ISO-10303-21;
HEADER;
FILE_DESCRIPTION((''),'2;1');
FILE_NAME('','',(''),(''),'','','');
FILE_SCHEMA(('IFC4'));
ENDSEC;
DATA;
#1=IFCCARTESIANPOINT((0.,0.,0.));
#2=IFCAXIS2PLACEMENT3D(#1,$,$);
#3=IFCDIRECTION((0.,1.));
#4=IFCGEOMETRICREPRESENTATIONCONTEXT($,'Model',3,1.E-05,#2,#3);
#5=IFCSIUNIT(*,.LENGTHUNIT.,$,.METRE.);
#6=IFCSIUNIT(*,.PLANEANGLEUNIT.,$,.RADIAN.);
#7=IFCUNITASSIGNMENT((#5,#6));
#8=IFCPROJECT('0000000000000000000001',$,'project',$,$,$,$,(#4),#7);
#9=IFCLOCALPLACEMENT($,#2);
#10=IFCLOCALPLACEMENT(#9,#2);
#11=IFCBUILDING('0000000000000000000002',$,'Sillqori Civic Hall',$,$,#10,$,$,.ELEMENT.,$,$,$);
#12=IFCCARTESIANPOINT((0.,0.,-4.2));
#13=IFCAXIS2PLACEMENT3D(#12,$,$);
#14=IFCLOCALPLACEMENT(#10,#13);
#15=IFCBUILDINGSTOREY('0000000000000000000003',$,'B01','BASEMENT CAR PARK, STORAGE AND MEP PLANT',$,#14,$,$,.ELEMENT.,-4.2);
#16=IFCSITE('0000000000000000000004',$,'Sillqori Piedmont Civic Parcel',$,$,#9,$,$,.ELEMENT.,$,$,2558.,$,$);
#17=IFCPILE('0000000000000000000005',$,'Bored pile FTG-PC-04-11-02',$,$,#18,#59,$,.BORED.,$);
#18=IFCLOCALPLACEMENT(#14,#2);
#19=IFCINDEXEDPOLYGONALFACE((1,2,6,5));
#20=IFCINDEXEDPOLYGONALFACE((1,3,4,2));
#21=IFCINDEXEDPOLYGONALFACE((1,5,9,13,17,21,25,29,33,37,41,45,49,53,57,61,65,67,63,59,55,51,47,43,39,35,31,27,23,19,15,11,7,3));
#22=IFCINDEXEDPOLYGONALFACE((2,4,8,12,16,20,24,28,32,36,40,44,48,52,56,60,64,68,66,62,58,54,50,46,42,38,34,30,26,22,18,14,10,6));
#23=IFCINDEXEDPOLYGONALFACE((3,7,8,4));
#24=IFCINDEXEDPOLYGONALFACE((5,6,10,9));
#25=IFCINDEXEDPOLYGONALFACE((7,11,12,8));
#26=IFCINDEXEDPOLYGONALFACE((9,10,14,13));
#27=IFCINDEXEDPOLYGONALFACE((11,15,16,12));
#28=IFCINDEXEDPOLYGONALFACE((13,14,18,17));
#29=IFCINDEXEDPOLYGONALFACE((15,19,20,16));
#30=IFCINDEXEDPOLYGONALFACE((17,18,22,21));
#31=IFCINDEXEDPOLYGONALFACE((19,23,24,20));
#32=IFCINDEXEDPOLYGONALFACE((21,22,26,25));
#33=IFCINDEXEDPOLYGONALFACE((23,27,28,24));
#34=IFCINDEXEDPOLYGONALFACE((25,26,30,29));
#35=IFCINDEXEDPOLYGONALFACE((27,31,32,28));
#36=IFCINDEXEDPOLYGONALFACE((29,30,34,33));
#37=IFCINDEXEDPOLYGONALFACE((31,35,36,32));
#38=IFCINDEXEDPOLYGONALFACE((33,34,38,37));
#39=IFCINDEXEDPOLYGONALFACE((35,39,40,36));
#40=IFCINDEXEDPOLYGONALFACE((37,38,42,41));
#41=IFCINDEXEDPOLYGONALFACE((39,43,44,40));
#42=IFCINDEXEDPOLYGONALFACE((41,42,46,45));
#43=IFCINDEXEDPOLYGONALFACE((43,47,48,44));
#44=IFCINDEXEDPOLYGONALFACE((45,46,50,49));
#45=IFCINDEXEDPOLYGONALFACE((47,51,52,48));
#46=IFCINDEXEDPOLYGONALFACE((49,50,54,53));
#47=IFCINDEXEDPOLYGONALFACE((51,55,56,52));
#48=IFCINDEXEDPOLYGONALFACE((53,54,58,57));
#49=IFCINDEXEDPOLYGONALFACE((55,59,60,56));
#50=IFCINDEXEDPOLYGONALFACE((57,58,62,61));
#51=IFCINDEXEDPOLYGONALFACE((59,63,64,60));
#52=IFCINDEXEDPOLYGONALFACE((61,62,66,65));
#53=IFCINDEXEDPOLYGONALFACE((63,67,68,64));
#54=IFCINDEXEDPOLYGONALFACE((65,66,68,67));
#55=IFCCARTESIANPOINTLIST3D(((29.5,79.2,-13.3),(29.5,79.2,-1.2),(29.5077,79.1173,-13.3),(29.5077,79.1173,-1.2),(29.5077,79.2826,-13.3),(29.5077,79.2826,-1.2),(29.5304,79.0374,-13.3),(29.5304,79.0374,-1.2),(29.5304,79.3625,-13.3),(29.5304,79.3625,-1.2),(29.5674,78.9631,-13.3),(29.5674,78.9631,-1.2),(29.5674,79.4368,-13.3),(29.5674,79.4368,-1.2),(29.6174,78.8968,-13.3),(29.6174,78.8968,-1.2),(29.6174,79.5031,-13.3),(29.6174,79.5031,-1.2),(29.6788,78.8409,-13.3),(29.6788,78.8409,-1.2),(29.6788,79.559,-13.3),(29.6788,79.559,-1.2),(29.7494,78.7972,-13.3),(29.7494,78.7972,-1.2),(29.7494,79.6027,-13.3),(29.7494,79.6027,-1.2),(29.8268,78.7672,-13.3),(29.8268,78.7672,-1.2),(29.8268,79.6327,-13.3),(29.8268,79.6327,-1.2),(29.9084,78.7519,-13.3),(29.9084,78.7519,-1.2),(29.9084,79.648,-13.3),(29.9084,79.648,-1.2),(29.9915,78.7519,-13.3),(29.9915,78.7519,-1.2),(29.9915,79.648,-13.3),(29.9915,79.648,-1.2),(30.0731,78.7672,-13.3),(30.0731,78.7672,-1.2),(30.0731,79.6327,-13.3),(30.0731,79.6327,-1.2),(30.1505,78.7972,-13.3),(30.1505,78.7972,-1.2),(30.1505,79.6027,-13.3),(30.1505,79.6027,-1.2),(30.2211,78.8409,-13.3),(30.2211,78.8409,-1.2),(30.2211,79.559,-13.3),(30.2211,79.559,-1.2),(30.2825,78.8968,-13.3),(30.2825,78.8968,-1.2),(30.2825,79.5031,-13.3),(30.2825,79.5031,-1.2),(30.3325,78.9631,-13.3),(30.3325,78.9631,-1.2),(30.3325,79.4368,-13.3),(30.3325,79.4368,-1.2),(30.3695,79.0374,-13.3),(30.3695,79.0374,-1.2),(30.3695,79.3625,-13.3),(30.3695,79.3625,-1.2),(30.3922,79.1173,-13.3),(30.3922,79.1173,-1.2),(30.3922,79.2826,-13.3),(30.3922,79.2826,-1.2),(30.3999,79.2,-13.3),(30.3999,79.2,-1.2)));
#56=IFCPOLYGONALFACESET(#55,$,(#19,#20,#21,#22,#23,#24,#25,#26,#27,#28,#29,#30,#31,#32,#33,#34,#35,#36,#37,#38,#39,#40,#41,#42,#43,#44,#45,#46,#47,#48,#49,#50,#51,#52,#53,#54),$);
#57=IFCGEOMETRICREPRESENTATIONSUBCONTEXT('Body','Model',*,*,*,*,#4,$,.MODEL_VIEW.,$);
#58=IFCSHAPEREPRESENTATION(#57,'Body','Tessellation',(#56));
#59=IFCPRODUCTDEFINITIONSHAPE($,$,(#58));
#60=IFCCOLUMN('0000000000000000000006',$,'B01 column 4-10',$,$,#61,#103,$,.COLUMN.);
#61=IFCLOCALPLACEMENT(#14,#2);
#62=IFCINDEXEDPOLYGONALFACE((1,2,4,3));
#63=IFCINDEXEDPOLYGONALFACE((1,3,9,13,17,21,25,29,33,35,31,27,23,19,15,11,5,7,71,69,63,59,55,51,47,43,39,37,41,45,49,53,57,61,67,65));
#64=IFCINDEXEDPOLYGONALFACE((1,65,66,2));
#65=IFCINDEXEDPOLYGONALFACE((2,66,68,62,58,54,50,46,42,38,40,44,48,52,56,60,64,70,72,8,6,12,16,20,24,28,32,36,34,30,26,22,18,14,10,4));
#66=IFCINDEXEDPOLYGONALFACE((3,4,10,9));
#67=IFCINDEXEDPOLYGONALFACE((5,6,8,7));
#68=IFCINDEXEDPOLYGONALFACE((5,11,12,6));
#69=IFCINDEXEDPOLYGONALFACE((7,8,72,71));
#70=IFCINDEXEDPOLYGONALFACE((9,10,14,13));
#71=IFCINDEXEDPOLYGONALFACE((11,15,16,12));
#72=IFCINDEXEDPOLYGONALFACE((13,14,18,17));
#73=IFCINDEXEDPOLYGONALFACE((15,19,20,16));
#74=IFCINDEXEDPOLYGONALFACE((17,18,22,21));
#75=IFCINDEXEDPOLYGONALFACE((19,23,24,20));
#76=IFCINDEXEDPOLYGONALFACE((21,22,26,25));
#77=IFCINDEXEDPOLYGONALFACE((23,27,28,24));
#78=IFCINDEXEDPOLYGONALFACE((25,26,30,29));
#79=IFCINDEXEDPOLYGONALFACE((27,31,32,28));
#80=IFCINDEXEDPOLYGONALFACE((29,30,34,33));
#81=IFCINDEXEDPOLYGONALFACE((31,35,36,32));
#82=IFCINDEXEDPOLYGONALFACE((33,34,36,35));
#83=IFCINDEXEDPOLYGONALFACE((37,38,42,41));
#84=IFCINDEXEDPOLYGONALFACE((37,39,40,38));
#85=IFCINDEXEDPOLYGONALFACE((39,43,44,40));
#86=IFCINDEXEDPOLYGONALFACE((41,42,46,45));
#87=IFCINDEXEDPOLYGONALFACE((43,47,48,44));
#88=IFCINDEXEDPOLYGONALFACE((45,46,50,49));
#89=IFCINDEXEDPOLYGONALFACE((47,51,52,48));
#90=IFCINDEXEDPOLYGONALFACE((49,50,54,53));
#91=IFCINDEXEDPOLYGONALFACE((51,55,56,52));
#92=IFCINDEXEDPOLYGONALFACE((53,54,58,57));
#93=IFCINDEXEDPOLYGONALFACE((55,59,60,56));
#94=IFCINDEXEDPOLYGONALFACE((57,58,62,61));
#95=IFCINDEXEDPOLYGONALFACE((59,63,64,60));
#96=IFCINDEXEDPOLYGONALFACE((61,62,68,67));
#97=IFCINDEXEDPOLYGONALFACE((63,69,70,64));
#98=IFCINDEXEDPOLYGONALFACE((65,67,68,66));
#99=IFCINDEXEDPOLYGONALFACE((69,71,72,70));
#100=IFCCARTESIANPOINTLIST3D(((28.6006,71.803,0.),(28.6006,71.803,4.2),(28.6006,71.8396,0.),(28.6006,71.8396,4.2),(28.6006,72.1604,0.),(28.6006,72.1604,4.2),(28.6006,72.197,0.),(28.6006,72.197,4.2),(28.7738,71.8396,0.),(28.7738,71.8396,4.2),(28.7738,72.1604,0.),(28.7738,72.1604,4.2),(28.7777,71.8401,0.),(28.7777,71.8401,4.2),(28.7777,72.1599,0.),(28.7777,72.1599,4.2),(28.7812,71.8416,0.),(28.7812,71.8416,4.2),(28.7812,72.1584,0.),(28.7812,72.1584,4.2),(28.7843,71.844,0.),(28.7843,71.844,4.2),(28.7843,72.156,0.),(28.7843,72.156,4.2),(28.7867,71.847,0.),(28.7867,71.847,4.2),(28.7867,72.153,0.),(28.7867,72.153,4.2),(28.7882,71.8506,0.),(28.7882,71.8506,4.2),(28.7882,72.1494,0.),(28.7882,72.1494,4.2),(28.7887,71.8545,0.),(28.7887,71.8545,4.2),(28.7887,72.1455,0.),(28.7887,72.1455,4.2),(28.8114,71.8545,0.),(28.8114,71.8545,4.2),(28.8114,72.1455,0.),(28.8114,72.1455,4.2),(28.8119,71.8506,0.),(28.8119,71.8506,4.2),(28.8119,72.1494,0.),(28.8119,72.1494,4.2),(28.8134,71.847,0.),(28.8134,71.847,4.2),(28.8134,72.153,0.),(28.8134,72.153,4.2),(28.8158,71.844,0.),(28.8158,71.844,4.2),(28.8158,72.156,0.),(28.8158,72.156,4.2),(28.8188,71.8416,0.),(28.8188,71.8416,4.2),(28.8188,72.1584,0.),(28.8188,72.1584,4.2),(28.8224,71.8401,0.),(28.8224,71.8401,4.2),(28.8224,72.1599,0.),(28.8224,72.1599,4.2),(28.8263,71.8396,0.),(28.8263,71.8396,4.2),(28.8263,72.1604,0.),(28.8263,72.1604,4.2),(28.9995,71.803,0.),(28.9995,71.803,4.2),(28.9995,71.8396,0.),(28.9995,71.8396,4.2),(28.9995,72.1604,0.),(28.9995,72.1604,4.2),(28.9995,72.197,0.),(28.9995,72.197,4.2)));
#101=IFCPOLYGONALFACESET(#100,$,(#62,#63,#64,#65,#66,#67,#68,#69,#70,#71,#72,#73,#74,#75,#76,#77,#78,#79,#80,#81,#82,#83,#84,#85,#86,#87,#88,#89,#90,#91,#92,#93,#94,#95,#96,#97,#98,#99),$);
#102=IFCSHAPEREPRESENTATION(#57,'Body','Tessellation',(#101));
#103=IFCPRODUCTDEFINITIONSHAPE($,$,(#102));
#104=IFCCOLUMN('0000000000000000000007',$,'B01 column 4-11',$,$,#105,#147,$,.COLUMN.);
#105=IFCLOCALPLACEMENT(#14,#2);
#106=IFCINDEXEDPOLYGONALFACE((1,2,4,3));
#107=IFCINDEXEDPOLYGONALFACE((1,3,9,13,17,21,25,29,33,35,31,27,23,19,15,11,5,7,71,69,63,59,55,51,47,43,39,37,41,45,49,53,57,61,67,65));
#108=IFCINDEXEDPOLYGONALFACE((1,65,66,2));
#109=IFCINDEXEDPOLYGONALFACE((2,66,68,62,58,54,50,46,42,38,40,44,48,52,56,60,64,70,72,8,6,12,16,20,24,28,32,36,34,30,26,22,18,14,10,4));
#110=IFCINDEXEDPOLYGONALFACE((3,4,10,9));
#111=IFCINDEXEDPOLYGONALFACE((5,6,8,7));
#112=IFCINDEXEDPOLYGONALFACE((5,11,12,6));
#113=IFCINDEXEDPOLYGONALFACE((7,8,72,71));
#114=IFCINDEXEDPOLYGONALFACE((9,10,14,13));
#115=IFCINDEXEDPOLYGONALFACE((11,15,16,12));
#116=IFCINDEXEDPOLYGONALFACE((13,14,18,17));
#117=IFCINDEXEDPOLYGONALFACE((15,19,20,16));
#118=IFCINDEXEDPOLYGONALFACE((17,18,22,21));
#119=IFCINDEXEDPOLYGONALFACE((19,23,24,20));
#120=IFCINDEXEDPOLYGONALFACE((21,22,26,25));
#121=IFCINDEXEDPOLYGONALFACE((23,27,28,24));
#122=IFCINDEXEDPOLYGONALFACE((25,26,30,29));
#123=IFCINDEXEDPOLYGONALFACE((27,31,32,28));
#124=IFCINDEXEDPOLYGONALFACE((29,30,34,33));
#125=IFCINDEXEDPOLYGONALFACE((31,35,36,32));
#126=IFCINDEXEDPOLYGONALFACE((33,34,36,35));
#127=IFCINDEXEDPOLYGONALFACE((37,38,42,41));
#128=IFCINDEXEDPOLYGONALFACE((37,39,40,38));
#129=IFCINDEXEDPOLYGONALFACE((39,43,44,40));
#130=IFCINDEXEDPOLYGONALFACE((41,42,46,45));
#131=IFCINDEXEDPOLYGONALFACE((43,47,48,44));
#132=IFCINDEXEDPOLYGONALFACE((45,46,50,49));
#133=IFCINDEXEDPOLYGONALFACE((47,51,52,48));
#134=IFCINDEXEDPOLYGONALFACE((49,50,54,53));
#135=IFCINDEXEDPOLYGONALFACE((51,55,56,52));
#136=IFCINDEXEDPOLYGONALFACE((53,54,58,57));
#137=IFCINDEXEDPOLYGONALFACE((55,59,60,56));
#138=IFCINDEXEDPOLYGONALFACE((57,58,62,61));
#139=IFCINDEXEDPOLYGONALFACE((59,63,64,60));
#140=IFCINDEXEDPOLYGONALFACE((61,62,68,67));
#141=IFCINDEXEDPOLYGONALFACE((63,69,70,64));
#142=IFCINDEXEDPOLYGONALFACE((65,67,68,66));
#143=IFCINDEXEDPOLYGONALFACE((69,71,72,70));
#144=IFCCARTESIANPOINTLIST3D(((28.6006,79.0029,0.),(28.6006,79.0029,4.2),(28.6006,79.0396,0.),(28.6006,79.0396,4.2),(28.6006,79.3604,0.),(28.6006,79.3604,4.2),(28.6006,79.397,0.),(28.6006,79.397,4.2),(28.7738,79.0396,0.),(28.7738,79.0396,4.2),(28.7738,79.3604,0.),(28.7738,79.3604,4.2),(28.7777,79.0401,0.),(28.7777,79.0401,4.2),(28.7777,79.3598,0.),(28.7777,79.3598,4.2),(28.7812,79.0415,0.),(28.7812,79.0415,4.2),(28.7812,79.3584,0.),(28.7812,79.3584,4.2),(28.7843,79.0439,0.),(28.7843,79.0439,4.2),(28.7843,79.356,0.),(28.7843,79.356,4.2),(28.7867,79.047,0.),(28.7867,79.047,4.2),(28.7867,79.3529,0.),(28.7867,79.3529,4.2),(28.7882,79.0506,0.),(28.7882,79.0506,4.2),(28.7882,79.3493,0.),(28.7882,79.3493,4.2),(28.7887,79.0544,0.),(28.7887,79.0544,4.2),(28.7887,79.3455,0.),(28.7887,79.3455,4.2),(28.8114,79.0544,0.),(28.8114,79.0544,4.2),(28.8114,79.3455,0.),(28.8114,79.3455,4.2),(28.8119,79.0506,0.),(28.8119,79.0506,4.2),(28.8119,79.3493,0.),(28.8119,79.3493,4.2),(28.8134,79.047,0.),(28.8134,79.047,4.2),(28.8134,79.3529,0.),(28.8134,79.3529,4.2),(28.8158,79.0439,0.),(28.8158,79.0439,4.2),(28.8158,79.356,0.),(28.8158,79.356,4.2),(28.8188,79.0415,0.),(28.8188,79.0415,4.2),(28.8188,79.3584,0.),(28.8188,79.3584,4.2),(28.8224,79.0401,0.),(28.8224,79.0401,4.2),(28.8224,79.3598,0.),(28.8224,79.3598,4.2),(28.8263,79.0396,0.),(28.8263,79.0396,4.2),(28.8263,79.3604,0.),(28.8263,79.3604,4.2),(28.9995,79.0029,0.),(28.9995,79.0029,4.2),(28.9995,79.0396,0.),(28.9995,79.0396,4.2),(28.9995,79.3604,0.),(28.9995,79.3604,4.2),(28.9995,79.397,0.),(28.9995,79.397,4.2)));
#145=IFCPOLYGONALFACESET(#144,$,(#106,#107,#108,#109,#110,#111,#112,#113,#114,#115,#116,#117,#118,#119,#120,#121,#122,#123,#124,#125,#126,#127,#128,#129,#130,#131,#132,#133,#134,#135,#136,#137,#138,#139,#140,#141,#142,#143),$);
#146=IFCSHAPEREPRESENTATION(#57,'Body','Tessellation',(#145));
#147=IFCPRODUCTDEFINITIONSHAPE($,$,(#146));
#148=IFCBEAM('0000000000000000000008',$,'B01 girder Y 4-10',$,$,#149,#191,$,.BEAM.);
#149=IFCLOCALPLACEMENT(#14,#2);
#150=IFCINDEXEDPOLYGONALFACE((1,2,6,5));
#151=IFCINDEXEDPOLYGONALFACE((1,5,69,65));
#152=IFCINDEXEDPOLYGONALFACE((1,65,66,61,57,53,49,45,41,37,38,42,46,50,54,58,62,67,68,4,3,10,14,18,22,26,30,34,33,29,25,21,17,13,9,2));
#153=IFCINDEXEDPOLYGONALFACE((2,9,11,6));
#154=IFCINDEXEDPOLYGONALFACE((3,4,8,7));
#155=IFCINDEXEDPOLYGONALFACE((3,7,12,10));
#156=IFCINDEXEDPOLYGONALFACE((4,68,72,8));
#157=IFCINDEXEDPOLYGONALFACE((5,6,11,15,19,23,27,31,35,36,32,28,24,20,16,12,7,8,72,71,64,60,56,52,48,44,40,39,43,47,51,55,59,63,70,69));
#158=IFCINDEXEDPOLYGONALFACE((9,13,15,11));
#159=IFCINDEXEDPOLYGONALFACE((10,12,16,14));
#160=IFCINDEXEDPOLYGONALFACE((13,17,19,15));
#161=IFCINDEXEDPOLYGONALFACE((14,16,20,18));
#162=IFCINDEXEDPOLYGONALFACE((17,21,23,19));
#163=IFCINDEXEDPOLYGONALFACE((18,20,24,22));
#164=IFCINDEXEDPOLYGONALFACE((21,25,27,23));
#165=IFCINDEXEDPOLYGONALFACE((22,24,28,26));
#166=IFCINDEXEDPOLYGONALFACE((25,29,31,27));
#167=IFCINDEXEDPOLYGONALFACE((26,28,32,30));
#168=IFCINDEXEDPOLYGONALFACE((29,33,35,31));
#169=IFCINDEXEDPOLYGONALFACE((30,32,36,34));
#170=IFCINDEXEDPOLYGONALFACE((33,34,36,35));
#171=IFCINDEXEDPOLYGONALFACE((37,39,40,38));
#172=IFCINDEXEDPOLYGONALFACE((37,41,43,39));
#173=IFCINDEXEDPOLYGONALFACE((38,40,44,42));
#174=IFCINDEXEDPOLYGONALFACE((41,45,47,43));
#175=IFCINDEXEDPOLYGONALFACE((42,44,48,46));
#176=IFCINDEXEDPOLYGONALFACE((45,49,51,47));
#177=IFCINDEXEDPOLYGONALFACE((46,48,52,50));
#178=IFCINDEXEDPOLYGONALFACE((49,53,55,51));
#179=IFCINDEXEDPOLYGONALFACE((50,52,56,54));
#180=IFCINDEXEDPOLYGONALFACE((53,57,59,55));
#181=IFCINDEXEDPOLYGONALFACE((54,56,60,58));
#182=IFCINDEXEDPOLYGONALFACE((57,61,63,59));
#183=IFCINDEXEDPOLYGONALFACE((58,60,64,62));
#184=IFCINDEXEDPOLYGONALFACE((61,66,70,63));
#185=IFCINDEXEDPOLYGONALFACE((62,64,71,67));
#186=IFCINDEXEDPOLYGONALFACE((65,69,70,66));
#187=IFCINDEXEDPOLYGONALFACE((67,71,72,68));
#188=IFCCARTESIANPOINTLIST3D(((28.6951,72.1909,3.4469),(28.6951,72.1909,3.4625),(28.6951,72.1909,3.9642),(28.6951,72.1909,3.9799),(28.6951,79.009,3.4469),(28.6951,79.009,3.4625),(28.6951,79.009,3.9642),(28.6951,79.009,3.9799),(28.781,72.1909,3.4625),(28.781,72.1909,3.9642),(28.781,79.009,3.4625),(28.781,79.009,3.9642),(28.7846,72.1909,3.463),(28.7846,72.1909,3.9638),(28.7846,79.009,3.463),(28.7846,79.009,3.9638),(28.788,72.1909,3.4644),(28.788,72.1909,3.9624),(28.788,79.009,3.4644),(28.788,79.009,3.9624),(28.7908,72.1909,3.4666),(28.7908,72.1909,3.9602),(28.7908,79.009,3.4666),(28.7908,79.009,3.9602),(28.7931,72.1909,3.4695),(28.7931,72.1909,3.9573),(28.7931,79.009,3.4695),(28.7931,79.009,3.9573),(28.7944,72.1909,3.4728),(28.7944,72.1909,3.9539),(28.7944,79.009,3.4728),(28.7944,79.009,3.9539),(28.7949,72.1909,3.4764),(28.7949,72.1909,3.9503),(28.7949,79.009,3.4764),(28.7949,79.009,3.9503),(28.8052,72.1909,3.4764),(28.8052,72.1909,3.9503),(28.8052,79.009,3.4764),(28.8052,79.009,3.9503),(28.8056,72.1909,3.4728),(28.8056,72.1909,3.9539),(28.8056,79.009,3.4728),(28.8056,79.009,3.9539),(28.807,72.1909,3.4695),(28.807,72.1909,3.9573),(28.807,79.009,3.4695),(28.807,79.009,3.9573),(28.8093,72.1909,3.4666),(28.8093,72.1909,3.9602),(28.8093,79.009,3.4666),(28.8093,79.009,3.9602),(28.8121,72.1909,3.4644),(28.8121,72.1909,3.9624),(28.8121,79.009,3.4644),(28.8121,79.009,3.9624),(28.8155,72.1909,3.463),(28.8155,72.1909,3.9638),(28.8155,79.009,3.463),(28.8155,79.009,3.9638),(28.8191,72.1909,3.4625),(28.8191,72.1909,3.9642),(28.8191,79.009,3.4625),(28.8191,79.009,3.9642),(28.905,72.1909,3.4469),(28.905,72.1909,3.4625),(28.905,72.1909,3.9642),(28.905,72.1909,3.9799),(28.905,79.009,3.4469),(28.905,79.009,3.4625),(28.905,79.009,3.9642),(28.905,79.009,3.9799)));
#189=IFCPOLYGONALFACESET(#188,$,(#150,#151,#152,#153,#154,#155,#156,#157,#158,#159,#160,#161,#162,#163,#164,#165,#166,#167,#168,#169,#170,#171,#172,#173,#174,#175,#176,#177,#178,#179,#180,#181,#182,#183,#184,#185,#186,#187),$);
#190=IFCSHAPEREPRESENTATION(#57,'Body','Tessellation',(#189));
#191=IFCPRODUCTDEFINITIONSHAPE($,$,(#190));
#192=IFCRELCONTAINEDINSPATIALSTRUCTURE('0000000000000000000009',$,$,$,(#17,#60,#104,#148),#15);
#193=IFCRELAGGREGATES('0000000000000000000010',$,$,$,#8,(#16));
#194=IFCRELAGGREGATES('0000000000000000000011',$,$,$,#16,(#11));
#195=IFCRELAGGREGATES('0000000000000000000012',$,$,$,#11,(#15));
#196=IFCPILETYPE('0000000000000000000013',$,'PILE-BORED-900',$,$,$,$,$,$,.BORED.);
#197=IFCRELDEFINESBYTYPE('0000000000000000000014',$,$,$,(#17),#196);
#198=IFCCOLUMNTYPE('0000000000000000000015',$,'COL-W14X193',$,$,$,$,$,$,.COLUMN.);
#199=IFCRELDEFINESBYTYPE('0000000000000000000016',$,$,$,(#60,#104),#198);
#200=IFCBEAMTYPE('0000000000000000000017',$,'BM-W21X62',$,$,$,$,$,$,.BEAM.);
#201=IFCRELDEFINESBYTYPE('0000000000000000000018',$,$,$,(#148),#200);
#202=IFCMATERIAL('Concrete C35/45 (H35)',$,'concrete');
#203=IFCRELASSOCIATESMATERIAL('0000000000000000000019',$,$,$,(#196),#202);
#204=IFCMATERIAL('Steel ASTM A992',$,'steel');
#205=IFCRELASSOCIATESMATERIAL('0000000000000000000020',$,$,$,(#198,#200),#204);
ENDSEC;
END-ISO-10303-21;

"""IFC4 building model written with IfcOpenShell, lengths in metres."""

from ifc_helpers import new_model, si_unit, direction, frame, origin, origin_2d, place, context, subcontext, project, spatial, circle, i_section, extrude, material, material_profile, profile_set, type_object, element, save


model = new_model("IFC4")

# Units and contexts
model_context = context("Model", 3, precision=1e-05, world=origin(), true_north=direction((0.0, 1.0)))
body_context = subcontext(model_context, "Body", "Model", "MODEL_VIEW")
ifc_project = project(units=[si_unit("LENGTHUNIT", "METRE"), si_unit("PLANEANGLEUNIT", "RADIAN")], contexts=[model_context])

# Site, building, storey
site_placement = place(None, origin())
site = spatial("IfcSite", under=ifc_project, at=site_placement, Name="Sillqori Piedmont Civic Parcel", CompositionType="ELEMENT", RefElevation=2558.0)
building_placement = place(site_placement, origin())
building = spatial("IfcBuilding", under=site, at=building_placement, Name="Sillqori Civic Hall", CompositionType="ELEMENT")
storey_placement = place(building_placement, frame((0.0, 0.0, -4.2)))
storey = spatial("IfcBuildingStorey", under=building, at=storey_placement, Name="B01", Description="BASEMENT CAR PARK, STORAGE AND MEP PLANT", CompositionType="ELEMENT", Elevation=-4.2)

# Shared definitions
ifc_material_1 = material(Name="Concrete C35/45 (H35)", Category="concrete")

# Pile
ifc_material_profile_1 = material_profile(ifc_material_1, circle(Radius=0.45, at=origin_2d()), Name="BORED PILE 900")
ifc_profile_set_1 = profile_set([ifc_material_profile_1], Name="Concrete C35/45 (H35)")
pile_type = type_object("IfcPileType", Name="PILE-BORED-900", PredefinedType="BORED", material=ifc_profile_set_1)
for number, where, z_axis, x_axis, name in (
    (1, (29.95, 79.2, -1.2), (0.0, 0.0, -1.0), (1.0, 0.0, 0.0), "Bored pile FTG-PC-04-11-02"),
):
    element("IfcPile", number, at=place(storey_placement, frame(where, z_axis=z_axis, x_axis=x_axis)), inside=storey, type_object=pile_type, Name=name, PredefinedType="BORED", context=body_context, shape_type="SweptSolid", body=[
        extrude(circle(Radius=0.45, at=origin_2d()), origin(), (0.0, 0.0, 1.0), 12.1001),
    ])

# Columns
ifc_material_2 = material(Name="Steel ASTM A992", Category="steel")
ifc_material_profile_2 = material_profile(ifc_material_2, i_section(OverallWidth=0.3989, OverallDepth=0.394, WebThickness=0.0227, FlangeThickness=0.0366, FilletRadius=0.0149, at=origin_2d()), Name="W14X193")
ifc_profile_set_2 = profile_set([ifc_material_profile_2], Name="Steel ASTM A992")
column_type = type_object("IfcColumnType", Name="COL-W14X193", PredefinedType="COLUMN", material=ifc_profile_set_2)
for number, where, z_axis, x_axis, name in (
    (2, (28.8, 72.0, 0.0), (0.0, 0.0, 1.0), (1.0, 0.0, 0.0), "B01 column 4-10"),
    (3, (28.8, 79.2, 0.0), (0.0, 0.0, 1.0), (1.0, 0.0, 0.0), "B01 column 4-11"),
):
    element("IfcColumn", number, at=place(storey_placement, frame(where, z_axis=z_axis, x_axis=x_axis)), inside=storey, type_object=column_type, Name=name, PredefinedType="COLUMN", context=body_context, shape_type="SweptSolid", body=[
        extrude(i_section(OverallWidth=0.3989, OverallDepth=0.394, WebThickness=0.0227, FlangeThickness=0.0366, FilletRadius=0.0149, at=origin_2d()), origin(), (0.0, 0.0, 1.0), 4.2),
    ])

# Beam
ifc_material_profile_3 = material_profile(ifc_material_2, i_section(OverallWidth=0.21, OverallDepth=0.533, WebThickness=0.0103, FlangeThickness=0.0156, FilletRadius=0.0139, at=origin_2d()), Name="W21X62")
ifc_profile_set_3 = profile_set([ifc_material_profile_3], Name="Steel ASTM A992")
beam_type_1 = type_object("IfcBeamType", Name="BM-W21X62", PredefinedType="BEAM", material=ifc_profile_set_3)
beam_placement = place(storey_placement, frame((28.8, 72.1909, 3.7134), z_axis=(0.0, 1.0, 0.0), x_axis=(-1.0, 0.0, 0.0)))
element("IfcBeam", 4, at=beam_placement, inside=storey, type_object=beam_type_1, Name="B01 girder Y 4-10", PredefinedType="BEAM", context=body_context, shape_type="SweptSolid", body=[
    extrude(i_section(OverallWidth=0.21, OverallDepth=0.533, WebThickness=0.0103, FlangeThickness=0.0156, FilletRadius=0.0139, at=origin_2d()), origin(), (0.0, 0.0, 1.0), 6.8181),
])

save(model, "model.ifc")
